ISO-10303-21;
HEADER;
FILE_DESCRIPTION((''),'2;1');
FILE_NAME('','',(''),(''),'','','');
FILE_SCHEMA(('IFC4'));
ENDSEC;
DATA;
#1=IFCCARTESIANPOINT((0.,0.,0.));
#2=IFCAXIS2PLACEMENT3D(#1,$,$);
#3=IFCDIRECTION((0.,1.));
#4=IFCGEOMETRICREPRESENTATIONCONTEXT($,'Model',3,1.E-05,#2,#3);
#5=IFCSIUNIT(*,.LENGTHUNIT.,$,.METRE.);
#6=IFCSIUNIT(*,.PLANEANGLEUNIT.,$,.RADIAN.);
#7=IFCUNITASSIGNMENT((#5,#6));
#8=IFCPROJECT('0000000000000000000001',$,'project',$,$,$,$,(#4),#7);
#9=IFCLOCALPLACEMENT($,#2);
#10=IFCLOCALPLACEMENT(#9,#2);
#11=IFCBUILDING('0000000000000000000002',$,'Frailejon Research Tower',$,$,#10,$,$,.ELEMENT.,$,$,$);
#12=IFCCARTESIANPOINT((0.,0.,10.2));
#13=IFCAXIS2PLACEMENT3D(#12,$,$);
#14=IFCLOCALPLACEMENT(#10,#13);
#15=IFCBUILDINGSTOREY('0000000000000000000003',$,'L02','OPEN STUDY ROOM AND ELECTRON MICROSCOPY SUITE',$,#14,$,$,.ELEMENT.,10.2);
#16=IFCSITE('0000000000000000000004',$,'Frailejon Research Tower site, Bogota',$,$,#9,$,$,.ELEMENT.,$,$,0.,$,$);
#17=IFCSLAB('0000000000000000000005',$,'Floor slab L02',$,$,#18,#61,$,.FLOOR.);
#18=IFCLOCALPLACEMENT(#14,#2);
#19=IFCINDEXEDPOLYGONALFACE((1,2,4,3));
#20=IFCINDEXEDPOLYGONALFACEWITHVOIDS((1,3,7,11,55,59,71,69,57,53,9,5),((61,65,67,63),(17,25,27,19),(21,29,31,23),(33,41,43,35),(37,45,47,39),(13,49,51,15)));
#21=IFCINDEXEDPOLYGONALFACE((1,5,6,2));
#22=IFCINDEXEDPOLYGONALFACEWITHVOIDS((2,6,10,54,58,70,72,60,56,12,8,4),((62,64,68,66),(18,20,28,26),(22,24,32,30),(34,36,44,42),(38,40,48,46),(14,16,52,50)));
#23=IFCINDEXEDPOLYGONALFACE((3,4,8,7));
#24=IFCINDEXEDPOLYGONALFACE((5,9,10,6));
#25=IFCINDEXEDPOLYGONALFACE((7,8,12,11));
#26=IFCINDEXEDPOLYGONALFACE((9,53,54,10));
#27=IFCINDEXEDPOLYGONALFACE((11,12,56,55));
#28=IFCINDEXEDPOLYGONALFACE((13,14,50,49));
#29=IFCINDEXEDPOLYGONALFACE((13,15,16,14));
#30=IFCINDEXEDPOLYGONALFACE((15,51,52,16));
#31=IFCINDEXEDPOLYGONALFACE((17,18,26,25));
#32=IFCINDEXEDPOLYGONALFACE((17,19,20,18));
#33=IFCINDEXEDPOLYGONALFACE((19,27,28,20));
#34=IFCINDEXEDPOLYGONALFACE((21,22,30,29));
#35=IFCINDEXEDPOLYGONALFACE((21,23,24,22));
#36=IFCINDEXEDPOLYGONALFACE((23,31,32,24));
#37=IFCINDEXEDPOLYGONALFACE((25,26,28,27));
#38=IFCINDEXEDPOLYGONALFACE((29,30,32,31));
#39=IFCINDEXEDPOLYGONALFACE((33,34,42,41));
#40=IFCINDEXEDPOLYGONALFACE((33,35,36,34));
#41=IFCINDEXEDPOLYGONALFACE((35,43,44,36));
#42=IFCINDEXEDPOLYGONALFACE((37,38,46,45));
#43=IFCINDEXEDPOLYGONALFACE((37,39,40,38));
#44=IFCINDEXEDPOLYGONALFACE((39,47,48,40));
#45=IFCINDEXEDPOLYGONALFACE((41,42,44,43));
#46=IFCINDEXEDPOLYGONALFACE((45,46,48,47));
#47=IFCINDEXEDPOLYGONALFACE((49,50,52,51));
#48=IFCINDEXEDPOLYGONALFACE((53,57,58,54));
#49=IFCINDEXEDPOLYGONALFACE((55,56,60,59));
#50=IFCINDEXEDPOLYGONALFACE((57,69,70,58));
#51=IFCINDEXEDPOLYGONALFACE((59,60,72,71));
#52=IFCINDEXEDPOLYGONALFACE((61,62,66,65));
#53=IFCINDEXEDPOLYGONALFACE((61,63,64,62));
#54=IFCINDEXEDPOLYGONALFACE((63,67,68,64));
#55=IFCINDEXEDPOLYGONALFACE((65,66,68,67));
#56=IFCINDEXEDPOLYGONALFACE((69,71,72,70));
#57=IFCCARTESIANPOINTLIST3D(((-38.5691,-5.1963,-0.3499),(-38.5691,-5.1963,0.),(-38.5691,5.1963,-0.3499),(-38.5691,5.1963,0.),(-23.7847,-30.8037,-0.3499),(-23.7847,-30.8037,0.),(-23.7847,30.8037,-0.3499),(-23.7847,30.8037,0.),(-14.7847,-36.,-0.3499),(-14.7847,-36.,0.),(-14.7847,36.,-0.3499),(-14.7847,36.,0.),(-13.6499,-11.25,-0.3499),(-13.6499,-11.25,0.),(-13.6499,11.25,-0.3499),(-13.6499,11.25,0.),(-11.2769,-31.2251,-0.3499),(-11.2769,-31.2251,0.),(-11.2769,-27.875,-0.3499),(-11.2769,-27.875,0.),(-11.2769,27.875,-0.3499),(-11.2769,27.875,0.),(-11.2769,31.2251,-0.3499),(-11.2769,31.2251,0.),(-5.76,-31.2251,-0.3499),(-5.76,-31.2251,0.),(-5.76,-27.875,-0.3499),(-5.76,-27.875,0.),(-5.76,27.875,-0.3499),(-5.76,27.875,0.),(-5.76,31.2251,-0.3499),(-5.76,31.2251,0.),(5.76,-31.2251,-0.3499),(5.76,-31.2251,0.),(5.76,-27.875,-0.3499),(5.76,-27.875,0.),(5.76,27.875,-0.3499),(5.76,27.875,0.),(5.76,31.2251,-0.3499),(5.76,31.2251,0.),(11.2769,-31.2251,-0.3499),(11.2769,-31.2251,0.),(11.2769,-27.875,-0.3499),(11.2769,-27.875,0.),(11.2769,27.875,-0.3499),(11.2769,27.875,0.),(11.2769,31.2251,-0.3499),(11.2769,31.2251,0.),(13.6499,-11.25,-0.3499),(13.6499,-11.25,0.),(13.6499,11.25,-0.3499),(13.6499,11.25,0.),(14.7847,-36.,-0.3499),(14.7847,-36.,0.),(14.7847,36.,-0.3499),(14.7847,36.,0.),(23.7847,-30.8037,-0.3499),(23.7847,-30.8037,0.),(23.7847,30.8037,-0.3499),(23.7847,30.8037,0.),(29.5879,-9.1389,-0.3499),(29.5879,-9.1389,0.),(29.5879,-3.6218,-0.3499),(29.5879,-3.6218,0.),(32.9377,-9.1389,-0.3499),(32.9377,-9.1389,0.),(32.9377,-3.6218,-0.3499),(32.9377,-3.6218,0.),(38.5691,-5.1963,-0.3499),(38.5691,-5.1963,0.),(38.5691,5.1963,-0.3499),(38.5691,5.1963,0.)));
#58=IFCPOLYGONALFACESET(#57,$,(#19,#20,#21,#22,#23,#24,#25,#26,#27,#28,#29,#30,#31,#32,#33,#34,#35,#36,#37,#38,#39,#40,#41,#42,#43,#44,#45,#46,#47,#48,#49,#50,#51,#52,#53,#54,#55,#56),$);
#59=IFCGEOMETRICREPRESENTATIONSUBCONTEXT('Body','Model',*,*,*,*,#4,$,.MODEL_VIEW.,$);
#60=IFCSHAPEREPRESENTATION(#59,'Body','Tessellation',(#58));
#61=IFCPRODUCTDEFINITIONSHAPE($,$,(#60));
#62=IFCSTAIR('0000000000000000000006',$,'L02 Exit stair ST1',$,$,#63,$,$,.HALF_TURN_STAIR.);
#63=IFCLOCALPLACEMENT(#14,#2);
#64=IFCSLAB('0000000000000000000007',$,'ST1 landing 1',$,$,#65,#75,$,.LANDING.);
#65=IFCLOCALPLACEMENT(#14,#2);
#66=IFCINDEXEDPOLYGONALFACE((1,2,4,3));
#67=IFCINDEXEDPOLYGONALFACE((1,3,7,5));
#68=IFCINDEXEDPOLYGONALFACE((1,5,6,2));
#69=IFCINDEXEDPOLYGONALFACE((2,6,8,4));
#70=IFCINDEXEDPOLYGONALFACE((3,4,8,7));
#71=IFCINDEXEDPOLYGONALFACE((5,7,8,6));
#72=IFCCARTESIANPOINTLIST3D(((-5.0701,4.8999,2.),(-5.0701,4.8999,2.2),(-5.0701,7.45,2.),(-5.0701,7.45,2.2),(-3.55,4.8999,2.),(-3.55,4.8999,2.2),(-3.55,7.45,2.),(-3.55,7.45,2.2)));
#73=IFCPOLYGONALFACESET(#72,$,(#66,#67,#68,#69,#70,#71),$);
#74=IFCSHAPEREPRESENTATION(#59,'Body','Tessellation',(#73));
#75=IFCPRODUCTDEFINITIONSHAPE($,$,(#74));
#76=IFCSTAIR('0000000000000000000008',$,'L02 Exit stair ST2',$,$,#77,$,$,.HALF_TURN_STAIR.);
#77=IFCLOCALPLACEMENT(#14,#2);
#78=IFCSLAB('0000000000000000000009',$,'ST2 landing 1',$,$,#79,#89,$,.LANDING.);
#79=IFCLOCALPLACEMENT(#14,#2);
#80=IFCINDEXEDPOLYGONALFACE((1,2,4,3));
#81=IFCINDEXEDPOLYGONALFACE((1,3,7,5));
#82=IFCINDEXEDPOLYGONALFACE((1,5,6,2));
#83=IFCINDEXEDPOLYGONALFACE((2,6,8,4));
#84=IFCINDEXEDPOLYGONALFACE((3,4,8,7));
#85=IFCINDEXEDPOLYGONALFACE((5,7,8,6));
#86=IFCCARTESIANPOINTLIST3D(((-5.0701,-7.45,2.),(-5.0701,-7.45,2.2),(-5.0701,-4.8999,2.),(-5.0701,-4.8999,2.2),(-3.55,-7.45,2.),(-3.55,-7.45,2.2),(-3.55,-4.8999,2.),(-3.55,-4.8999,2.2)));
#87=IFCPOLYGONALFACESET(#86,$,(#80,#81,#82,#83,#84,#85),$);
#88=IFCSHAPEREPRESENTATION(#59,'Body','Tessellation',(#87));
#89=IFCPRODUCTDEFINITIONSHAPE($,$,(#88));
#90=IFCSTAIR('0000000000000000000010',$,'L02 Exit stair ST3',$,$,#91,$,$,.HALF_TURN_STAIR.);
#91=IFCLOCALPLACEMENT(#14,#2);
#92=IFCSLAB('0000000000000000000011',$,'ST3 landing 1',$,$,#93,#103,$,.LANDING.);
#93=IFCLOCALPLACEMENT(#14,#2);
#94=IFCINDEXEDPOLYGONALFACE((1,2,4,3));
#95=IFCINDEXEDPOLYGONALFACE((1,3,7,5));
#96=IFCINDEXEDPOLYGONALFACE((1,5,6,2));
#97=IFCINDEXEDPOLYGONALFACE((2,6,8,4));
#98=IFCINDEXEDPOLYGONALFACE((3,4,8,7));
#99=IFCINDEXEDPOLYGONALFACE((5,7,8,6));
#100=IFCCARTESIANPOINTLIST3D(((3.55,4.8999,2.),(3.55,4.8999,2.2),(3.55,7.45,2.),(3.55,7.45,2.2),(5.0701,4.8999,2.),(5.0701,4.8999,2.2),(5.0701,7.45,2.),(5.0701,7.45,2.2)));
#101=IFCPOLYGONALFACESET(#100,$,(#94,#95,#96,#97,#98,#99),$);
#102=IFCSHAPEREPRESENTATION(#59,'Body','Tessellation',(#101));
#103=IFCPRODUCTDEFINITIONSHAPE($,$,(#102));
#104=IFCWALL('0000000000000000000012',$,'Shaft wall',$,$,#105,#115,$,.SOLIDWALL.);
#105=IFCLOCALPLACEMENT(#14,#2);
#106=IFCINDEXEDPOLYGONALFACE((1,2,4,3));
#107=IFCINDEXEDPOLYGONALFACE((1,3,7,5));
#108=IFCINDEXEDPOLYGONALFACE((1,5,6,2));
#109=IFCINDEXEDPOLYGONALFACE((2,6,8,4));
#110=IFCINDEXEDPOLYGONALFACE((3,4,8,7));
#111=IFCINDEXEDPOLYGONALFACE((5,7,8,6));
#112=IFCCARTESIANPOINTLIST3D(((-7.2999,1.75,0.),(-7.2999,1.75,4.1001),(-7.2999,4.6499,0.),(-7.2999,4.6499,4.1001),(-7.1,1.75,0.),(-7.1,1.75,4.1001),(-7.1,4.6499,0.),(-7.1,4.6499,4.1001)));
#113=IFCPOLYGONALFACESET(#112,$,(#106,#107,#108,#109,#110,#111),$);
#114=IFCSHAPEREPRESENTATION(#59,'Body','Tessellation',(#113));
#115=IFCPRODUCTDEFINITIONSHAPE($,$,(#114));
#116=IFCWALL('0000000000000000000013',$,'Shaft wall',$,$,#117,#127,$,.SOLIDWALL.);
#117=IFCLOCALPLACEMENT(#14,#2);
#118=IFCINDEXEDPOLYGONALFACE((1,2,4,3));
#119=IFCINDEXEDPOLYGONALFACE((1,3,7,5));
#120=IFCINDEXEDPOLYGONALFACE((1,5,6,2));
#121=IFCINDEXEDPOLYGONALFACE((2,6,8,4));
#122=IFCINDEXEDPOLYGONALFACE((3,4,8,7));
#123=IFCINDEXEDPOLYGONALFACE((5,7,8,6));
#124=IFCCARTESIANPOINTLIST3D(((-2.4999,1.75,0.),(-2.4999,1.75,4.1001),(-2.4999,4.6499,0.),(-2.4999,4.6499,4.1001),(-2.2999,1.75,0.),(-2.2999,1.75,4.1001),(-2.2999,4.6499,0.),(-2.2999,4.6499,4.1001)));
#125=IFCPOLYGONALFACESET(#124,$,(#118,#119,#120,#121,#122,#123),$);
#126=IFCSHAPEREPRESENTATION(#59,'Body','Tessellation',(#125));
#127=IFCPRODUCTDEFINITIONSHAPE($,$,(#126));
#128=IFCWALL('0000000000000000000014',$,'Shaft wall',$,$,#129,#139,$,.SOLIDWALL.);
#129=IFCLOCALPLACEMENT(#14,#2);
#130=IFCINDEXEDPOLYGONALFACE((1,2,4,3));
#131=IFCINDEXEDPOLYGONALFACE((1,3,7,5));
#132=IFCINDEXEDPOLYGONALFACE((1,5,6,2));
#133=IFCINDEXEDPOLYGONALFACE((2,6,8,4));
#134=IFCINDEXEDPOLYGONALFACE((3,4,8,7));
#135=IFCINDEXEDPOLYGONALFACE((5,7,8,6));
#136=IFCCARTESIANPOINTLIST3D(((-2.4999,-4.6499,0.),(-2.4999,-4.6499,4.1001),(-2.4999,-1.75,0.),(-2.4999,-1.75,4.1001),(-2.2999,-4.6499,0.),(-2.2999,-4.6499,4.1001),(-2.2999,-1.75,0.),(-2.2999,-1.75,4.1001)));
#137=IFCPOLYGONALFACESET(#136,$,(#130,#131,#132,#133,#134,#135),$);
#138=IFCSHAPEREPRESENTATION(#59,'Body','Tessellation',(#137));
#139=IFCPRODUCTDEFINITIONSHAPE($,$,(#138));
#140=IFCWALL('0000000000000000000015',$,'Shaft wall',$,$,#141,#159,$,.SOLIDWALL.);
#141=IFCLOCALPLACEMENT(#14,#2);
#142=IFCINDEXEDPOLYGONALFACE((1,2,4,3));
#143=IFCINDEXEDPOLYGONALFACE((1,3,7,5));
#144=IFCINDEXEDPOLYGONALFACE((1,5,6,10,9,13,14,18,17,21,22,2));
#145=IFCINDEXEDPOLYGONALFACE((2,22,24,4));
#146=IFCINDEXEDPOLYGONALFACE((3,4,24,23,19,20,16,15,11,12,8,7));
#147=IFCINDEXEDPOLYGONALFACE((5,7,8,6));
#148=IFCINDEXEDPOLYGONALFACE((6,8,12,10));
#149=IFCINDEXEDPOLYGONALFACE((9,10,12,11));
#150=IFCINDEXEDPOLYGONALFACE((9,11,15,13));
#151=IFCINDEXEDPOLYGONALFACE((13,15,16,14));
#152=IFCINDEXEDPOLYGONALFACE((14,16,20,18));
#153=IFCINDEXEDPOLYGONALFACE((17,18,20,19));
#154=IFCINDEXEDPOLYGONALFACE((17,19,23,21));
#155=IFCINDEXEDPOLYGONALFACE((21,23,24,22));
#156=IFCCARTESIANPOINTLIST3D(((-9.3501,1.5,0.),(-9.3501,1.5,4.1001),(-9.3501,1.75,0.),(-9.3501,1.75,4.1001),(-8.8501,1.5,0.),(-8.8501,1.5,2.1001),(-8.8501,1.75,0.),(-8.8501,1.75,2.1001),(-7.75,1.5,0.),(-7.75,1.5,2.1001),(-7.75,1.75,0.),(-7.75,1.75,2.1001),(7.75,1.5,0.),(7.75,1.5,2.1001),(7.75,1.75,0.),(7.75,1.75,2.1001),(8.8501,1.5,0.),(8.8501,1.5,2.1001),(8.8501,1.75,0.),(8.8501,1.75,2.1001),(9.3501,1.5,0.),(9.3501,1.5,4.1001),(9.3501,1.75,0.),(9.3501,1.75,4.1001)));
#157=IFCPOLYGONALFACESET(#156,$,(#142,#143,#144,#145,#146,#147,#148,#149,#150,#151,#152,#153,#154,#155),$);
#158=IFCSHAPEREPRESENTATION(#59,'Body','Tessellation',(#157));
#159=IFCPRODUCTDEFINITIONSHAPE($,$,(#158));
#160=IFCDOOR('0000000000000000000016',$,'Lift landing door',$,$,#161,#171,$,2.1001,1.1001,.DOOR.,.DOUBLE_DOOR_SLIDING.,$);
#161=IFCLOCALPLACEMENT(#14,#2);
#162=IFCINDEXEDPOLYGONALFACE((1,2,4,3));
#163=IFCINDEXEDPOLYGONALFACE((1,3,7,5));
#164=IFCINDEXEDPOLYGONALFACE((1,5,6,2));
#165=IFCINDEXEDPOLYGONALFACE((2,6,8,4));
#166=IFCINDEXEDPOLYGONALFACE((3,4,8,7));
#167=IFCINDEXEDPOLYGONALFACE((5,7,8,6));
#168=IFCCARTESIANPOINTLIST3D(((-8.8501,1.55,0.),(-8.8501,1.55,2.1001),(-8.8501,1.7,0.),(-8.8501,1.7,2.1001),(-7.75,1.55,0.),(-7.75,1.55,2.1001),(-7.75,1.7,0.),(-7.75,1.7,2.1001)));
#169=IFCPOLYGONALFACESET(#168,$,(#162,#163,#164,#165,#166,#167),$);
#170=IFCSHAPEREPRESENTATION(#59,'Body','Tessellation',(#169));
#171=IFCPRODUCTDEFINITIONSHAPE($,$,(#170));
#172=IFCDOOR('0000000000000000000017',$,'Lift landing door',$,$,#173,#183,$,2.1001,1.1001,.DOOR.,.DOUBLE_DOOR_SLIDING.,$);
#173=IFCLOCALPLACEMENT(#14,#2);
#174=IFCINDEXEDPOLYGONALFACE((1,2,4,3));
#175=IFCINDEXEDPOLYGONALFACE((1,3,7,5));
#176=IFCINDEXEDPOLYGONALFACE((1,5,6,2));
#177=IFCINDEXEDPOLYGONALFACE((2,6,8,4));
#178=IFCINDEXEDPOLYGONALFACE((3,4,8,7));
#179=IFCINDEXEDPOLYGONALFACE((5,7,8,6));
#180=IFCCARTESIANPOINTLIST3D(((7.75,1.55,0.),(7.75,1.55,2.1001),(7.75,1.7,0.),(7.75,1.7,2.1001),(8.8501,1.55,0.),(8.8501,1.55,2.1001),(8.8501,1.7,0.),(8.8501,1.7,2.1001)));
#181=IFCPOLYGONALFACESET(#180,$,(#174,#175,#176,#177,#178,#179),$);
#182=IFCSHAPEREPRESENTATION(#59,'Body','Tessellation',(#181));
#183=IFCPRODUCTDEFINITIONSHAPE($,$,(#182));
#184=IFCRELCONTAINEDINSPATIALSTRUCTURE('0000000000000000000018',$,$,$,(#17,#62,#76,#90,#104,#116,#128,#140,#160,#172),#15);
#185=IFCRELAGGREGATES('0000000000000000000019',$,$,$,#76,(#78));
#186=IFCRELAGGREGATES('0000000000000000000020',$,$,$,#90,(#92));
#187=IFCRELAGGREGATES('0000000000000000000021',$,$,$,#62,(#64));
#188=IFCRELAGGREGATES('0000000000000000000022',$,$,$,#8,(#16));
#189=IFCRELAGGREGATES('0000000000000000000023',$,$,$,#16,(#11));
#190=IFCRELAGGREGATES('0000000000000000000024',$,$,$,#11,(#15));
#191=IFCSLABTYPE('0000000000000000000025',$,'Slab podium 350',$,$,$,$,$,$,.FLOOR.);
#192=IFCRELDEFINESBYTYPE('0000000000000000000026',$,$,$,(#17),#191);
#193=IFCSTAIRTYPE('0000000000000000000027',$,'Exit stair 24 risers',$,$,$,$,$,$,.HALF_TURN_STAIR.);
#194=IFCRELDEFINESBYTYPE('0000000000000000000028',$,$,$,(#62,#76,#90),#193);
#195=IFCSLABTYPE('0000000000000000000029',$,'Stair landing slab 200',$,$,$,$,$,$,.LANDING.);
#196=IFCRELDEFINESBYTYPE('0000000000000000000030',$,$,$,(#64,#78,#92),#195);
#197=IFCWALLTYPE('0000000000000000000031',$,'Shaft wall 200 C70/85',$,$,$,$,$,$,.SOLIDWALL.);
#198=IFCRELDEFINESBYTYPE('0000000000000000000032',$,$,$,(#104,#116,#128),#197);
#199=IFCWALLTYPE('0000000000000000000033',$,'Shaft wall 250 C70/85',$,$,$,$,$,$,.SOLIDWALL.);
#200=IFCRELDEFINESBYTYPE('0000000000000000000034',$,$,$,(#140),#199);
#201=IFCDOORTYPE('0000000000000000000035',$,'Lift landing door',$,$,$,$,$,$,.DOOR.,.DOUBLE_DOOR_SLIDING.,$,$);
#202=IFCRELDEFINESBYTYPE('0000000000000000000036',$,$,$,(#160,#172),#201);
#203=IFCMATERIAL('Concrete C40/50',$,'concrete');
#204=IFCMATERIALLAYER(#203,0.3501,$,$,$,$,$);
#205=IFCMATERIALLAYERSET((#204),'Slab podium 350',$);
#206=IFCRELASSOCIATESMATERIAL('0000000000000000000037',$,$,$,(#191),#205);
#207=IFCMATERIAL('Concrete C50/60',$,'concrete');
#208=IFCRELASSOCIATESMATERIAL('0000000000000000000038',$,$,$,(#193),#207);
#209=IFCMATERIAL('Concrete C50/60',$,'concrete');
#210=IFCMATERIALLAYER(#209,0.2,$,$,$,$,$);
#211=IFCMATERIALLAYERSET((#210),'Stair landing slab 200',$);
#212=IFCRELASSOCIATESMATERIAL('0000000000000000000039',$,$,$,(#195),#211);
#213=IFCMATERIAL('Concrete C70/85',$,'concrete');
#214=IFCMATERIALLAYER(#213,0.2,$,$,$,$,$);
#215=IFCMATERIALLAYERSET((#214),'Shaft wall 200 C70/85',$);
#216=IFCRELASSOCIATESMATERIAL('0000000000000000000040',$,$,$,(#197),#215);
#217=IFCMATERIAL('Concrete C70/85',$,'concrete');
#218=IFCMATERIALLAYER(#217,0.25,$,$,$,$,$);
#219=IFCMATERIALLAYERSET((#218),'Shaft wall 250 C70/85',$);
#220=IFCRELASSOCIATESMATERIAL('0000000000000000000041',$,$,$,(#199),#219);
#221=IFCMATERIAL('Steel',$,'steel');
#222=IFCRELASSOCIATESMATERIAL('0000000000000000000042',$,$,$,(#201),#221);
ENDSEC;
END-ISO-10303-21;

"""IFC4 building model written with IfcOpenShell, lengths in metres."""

from ifc_helpers import new_model, si_unit, direction, frame, frame_2d, origin, place, context, subcontext, project, spatial, polyline, rectangle, outline, extrude, material, layer, layer_set, type_object, element, fill, aggregate, save


model = new_model("IFC4")

# Units and contexts
model_context = context("Model", 3, precision=1e-05, world=origin(), true_north=direction((0.0, 1.0)))
body_context = subcontext(model_context, "Body", "Model", "MODEL_VIEW")
ifc_project = project(units=[si_unit("LENGTHUNIT", "METRE"), si_unit("PLANEANGLEUNIT", "RADIAN")], contexts=[model_context])

# Site, building, storey
site_placement = place(None, origin())
site = spatial("IfcSite", under=ifc_project, at=site_placement, Name="Frailejon Research Tower site, Bogota", CompositionType="ELEMENT", RefElevation=0.0)
building_placement = place(site_placement, origin())
building = spatial("IfcBuilding", under=site, at=building_placement, Name="Frailejon Research Tower", CompositionType="ELEMENT")
storey_placement = place(building_placement, frame((0.0, 0.0, 10.2)))
storey = spatial("IfcBuildingStorey", under=building, at=storey_placement, Name="L02", Description="OPEN STUDY ROOM AND ELECTRON MICROSCOPY SUITE", CompositionType="ELEMENT", Elevation=10.2)

# Slab
ifc_material_1 = material(Name="Concrete C40/50", Category="concrete")
ifc_layer_1 = layer(ifc_material_1, 0.3501)
ifc_layer_set_1 = layer_set([ifc_layer_1], Name="Slab podium 350")
slab_type_1 = type_object("IfcSlabType", Name="Slab podium 350", PredefinedType="FLOOR", material=ifc_layer_set_1)
slab_1_placement = place(storey_placement, frame((0.0, 0.0, -0.3499)))
element("IfcSlab", 1, at=slab_1_placement, inside=storey, type_object=slab_type_1, Name="Floor slab L02", PredefinedType="FLOOR", context=body_context, shape_type="SweptSolid", body=[
    extrude(outline(polyline([(23.7847, -30.8037), (38.5691, -5.1963), (38.5691, 5.1963), (23.7847, 30.8037), (14.7847, 36.0), (-14.7847, 36.0), (-23.7847, 30.8037), (-38.5691, 5.1963), (-38.5691, -5.1963), (-23.7847, -30.8037), (-14.7847, -36.0), (14.7847, -36.0), (23.7847, -30.8037)]), holes=[polyline([(13.6499, 11.25), (13.6499, -11.25), (-13.6499, -11.25), (-13.6499, 11.25), (13.6499, 11.25)]), polyline([(-11.2769, -31.2251), (-11.2769, -27.875), (-5.76, -27.875), (-5.76, -31.2251), (-11.2769, -31.2251)]), polyline([(11.2769, -27.875), (11.2769, -31.2251), (5.76, -31.2251), (5.76, -27.875), (11.2769, -27.875)]), polyline([(32.9377, -9.1389), (29.5879, -9.1389), (29.5879, -3.6218), (32.9377, -3.6218), (32.9377, -9.1389)]), polyline([(-11.2769, 31.2251), (-5.76, 31.2251), (-5.76, 27.875), (-11.2769, 27.875), (-11.2769, 31.2251)]), polyline([(11.2769, 27.875), (5.76, 27.875), (5.76, 31.2251), (11.2769, 31.2251), (11.2769, 27.875)])]), origin(), (0.0, 0.0, 1.0), 0.3499),
])

# Stairs, slabs
ifc_material_2 = material(Name="Concrete C50/60", Category="concrete")
stair_type_1 = type_object("IfcStairType", Name="Exit stair 24 risers", PredefinedType="HALF_TURN_STAIR", material=ifc_material_2)
stair_1_placement = place(storey_placement, origin())
stair_1 = element("IfcStair", 2, at=stair_1_placement, inside=storey, type_object=stair_type_1, Name="L02 Exit stair ST1", PredefinedType="HALF_TURN_STAIR")
ifc_material_3 = material(Name="Concrete C50/60", Category="concrete")
ifc_layer_2 = layer(ifc_material_3, 0.2)
ifc_layer_set_2 = layer_set([ifc_layer_2], Name="Stair landing slab 200")
slab_type_2 = type_object("IfcSlabType", Name="Stair landing slab 200", PredefinedType="LANDING", material=ifc_layer_set_2)
slab_2_placement = place(storey_placement, frame((0.0, 0.0, 2.0)))
slab_2 = element("IfcSlab", 3, at=slab_2_placement, type_object=slab_type_2, Name="ST1 landing 1", PredefinedType="LANDING", context=body_context, shape_type="SweptSolid", body=[
    extrude(outline(polyline([(-5.0701, 4.8999), (-3.55, 4.8999), (-3.55, 7.45), (-5.0701, 7.45), (-5.0701, 4.8999)])), origin(), (0.0, 0.0, 1.0), 0.2),
])
stair_2_placement = place(storey_placement, origin())
stair_2 = element("IfcStair", 4, at=stair_2_placement, inside=storey, type_object=stair_type_1, Name="L02 Exit stair ST2", PredefinedType="HALF_TURN_STAIR")
slab_3_placement = place(storey_placement, frame((0.0, 0.0, 2.0)))
slab_3 = element("IfcSlab", 5, at=slab_3_placement, type_object=slab_type_2, Name="ST2 landing 1", PredefinedType="LANDING", context=body_context, shape_type="SweptSolid", body=[
    extrude(outline(polyline([(-5.0701, -7.45), (-3.55, -7.45), (-3.55, -4.8999), (-5.0701, -4.8999), (-5.0701, -7.45)])), origin(), (0.0, 0.0, 1.0), 0.2),
])
aggregate(stair_2, [slab_3])
stair_3_placement = place(storey_placement, origin())
stair_3 = element("IfcStair", 6, at=stair_3_placement, inside=storey, type_object=stair_type_1, Name="L02 Exit stair ST3", PredefinedType="HALF_TURN_STAIR")
slab_4_placement = place(storey_placement, frame((0.0, 0.0, 2.0)))
slab_4 = element("IfcSlab", 7, at=slab_4_placement, type_object=slab_type_2, Name="ST3 landing 1", PredefinedType="LANDING", context=body_context, shape_type="SweptSolid", body=[
    extrude(outline(polyline([(5.0701, 7.45), (3.55, 7.45), (3.55, 4.8999), (5.0701, 4.8999), (5.0701, 7.45)])), origin(), (0.0, 0.0, 1.0), 0.2),
])
aggregate(stair_3, [slab_4])

# Walls
ifc_material_4 = material(Name="Concrete C70/85", Category="concrete")
ifc_layer_3 = layer(ifc_material_4, 0.2)
ifc_layer_set_3 = layer_set([ifc_layer_3], Name="Shaft wall 200 C70/85")
wall_type_1 = type_object("IfcWallType", Name="Shaft wall 200 C70/85", PredefinedType="SOLIDWALL", material=ifc_layer_set_3)
for number, where, z_axis, x_axis, name in (
    (8, (-7.2, 1.75, 0.0), (0.0, 0.0, 1.0), (0.0, 1.0, 0.0), "Shaft wall"),
    (9, (-2.3999, 1.75, 0.0), (0.0, 0.0, 1.0), (0.0, 1.0, 0.0), "Shaft wall"),
    (10, (-2.3999, -4.6499, 0.0), (0.0, 0.0, 1.0), (0.0, 1.0, 0.0), "Shaft wall"),
):
    element("IfcWall", number, at=place(storey_placement, frame(where, z_axis=z_axis, x_axis=x_axis)), inside=storey, type_object=wall_type_1, Name=name, PredefinedType="SOLIDWALL", context=body_context, shape_type="SweptSolid", body=[
        extrude(rectangle(XDim=2.8999, YDim=0.2, at=frame_2d((1.45, 0.0))), origin(), (0.0, 0.0, 1.0), 4.1001),
    ])

# Wall, openings, doors
ifc_material_5 = material(Name="Concrete C70/85", Category="concrete")
ifc_layer_4 = layer(ifc_material_5, 0.25)
ifc_layer_set_4 = layer_set([ifc_layer_4], Name="Shaft wall 250 C70/85")
wall_type_2 = type_object("IfcWallType", Name="Shaft wall 250 C70/85", PredefinedType="SOLIDWALL", material=ifc_layer_set_4)
wall_1_placement = place(storey_placement, frame((-9.3501, 1.625, 0.0), z_axis=(0.0, 0.0, 1.0), x_axis=(1.0, 0.0, 0.0)))
wall_1 = element("IfcWall", 11, at=wall_1_placement, inside=storey, type_object=wall_type_2, Name="Shaft wall", PredefinedType="SOLIDWALL", context=body_context, shape_type="SweptSolid", body=[
    extrude(rectangle(XDim=18.7002, YDim=0.25, at=frame_2d((9.3501, 0.0))), origin(), (0.0, 0.0, 1.0), 4.1001),
])
opening_1_placement = place(wall_1_placement, frame((0.5, 0.0, 0.0)))
opening_1 = element("IfcOpeningElement", 12, at=opening_1_placement, cuts=wall_1, PredefinedType="OPENING", context=body_context, shape_type="SweptSolid", body=[
    extrude(rectangle(XDim=1.1001, YDim=2.1001, at=frame_2d((0.55, 1.05))), frame((0.0, 0.135, 0.0), z_axis=(0.0, -1.0, 0.0), x_axis=(1.0, 0.0, 0.0)), (0.0, 0.0, 1.0), 0.27),
])
opening_2_placement = place(wall_1_placement, frame((17.1001, 0.0, 0.0)))
opening_2 = element("IfcOpeningElement", 13, at=opening_2_placement, cuts=wall_1, PredefinedType="OPENING", context=body_context, shape_type="SweptSolid", body=[
    extrude(rectangle(XDim=1.1001, YDim=2.1001, at=frame_2d((0.55, 1.05))), frame((0.0, 0.135, 0.0), z_axis=(0.0, -1.0, 0.0), x_axis=(1.0, 0.0, 0.0)), (0.0, 0.0, 1.0), 0.27),
])
ifc_material_6 = material(Name="Steel", Category="steel")
door_type_1 = type_object("IfcDoorType", Name="Lift landing door", OperationType="DOUBLE_DOOR_SLIDING", PredefinedType="DOOR", material=ifc_material_6)
door_1_placement = place(opening_1_placement, origin())
door_1 = element("IfcDoor", 14, at=door_1_placement, inside=storey, type_object=door_type_1, Name="Lift landing door", OperationType="DOUBLE_DOOR_SLIDING", OverallHeight=2.1001, OverallWidth=1.1001, PredefinedType="DOOR", context=body_context, shape_type="SweptSolid", body=[
    extrude(rectangle(XDim=1.1001, YDim=2.1001, at=frame_2d((0.55, 1.05))), frame((0.0, 0.075, 0.0), z_axis=(0.0, -1.0, 0.0), x_axis=(1.0, 0.0, 0.0)), (0.0, 0.0, 1.0), 0.1499),
])
fill(opening_1, door_1)
door_2_placement = place(opening_2_placement, origin())
door_2 = element("IfcDoor", 15, at=door_2_placement, inside=storey, type_object=door_type_1, Name="Lift landing door", OperationType="DOUBLE_DOOR_SLIDING", OverallHeight=2.1001, OverallWidth=1.1001, PredefinedType="DOOR", context=body_context, shape_type="SweptSolid", body=[
    extrude(rectangle(XDim=1.1001, YDim=2.1001, at=frame_2d((0.55, 1.05))), frame((0.0, 0.075, 0.0), z_axis=(0.0, -1.0, 0.0), x_axis=(1.0, 0.0, 0.0)), (0.0, 0.0, 1.0), 0.1499),
])
fill(opening_2, door_2)

aggregate(stair_1, [slab_2])

save(model, "model.ifc")
